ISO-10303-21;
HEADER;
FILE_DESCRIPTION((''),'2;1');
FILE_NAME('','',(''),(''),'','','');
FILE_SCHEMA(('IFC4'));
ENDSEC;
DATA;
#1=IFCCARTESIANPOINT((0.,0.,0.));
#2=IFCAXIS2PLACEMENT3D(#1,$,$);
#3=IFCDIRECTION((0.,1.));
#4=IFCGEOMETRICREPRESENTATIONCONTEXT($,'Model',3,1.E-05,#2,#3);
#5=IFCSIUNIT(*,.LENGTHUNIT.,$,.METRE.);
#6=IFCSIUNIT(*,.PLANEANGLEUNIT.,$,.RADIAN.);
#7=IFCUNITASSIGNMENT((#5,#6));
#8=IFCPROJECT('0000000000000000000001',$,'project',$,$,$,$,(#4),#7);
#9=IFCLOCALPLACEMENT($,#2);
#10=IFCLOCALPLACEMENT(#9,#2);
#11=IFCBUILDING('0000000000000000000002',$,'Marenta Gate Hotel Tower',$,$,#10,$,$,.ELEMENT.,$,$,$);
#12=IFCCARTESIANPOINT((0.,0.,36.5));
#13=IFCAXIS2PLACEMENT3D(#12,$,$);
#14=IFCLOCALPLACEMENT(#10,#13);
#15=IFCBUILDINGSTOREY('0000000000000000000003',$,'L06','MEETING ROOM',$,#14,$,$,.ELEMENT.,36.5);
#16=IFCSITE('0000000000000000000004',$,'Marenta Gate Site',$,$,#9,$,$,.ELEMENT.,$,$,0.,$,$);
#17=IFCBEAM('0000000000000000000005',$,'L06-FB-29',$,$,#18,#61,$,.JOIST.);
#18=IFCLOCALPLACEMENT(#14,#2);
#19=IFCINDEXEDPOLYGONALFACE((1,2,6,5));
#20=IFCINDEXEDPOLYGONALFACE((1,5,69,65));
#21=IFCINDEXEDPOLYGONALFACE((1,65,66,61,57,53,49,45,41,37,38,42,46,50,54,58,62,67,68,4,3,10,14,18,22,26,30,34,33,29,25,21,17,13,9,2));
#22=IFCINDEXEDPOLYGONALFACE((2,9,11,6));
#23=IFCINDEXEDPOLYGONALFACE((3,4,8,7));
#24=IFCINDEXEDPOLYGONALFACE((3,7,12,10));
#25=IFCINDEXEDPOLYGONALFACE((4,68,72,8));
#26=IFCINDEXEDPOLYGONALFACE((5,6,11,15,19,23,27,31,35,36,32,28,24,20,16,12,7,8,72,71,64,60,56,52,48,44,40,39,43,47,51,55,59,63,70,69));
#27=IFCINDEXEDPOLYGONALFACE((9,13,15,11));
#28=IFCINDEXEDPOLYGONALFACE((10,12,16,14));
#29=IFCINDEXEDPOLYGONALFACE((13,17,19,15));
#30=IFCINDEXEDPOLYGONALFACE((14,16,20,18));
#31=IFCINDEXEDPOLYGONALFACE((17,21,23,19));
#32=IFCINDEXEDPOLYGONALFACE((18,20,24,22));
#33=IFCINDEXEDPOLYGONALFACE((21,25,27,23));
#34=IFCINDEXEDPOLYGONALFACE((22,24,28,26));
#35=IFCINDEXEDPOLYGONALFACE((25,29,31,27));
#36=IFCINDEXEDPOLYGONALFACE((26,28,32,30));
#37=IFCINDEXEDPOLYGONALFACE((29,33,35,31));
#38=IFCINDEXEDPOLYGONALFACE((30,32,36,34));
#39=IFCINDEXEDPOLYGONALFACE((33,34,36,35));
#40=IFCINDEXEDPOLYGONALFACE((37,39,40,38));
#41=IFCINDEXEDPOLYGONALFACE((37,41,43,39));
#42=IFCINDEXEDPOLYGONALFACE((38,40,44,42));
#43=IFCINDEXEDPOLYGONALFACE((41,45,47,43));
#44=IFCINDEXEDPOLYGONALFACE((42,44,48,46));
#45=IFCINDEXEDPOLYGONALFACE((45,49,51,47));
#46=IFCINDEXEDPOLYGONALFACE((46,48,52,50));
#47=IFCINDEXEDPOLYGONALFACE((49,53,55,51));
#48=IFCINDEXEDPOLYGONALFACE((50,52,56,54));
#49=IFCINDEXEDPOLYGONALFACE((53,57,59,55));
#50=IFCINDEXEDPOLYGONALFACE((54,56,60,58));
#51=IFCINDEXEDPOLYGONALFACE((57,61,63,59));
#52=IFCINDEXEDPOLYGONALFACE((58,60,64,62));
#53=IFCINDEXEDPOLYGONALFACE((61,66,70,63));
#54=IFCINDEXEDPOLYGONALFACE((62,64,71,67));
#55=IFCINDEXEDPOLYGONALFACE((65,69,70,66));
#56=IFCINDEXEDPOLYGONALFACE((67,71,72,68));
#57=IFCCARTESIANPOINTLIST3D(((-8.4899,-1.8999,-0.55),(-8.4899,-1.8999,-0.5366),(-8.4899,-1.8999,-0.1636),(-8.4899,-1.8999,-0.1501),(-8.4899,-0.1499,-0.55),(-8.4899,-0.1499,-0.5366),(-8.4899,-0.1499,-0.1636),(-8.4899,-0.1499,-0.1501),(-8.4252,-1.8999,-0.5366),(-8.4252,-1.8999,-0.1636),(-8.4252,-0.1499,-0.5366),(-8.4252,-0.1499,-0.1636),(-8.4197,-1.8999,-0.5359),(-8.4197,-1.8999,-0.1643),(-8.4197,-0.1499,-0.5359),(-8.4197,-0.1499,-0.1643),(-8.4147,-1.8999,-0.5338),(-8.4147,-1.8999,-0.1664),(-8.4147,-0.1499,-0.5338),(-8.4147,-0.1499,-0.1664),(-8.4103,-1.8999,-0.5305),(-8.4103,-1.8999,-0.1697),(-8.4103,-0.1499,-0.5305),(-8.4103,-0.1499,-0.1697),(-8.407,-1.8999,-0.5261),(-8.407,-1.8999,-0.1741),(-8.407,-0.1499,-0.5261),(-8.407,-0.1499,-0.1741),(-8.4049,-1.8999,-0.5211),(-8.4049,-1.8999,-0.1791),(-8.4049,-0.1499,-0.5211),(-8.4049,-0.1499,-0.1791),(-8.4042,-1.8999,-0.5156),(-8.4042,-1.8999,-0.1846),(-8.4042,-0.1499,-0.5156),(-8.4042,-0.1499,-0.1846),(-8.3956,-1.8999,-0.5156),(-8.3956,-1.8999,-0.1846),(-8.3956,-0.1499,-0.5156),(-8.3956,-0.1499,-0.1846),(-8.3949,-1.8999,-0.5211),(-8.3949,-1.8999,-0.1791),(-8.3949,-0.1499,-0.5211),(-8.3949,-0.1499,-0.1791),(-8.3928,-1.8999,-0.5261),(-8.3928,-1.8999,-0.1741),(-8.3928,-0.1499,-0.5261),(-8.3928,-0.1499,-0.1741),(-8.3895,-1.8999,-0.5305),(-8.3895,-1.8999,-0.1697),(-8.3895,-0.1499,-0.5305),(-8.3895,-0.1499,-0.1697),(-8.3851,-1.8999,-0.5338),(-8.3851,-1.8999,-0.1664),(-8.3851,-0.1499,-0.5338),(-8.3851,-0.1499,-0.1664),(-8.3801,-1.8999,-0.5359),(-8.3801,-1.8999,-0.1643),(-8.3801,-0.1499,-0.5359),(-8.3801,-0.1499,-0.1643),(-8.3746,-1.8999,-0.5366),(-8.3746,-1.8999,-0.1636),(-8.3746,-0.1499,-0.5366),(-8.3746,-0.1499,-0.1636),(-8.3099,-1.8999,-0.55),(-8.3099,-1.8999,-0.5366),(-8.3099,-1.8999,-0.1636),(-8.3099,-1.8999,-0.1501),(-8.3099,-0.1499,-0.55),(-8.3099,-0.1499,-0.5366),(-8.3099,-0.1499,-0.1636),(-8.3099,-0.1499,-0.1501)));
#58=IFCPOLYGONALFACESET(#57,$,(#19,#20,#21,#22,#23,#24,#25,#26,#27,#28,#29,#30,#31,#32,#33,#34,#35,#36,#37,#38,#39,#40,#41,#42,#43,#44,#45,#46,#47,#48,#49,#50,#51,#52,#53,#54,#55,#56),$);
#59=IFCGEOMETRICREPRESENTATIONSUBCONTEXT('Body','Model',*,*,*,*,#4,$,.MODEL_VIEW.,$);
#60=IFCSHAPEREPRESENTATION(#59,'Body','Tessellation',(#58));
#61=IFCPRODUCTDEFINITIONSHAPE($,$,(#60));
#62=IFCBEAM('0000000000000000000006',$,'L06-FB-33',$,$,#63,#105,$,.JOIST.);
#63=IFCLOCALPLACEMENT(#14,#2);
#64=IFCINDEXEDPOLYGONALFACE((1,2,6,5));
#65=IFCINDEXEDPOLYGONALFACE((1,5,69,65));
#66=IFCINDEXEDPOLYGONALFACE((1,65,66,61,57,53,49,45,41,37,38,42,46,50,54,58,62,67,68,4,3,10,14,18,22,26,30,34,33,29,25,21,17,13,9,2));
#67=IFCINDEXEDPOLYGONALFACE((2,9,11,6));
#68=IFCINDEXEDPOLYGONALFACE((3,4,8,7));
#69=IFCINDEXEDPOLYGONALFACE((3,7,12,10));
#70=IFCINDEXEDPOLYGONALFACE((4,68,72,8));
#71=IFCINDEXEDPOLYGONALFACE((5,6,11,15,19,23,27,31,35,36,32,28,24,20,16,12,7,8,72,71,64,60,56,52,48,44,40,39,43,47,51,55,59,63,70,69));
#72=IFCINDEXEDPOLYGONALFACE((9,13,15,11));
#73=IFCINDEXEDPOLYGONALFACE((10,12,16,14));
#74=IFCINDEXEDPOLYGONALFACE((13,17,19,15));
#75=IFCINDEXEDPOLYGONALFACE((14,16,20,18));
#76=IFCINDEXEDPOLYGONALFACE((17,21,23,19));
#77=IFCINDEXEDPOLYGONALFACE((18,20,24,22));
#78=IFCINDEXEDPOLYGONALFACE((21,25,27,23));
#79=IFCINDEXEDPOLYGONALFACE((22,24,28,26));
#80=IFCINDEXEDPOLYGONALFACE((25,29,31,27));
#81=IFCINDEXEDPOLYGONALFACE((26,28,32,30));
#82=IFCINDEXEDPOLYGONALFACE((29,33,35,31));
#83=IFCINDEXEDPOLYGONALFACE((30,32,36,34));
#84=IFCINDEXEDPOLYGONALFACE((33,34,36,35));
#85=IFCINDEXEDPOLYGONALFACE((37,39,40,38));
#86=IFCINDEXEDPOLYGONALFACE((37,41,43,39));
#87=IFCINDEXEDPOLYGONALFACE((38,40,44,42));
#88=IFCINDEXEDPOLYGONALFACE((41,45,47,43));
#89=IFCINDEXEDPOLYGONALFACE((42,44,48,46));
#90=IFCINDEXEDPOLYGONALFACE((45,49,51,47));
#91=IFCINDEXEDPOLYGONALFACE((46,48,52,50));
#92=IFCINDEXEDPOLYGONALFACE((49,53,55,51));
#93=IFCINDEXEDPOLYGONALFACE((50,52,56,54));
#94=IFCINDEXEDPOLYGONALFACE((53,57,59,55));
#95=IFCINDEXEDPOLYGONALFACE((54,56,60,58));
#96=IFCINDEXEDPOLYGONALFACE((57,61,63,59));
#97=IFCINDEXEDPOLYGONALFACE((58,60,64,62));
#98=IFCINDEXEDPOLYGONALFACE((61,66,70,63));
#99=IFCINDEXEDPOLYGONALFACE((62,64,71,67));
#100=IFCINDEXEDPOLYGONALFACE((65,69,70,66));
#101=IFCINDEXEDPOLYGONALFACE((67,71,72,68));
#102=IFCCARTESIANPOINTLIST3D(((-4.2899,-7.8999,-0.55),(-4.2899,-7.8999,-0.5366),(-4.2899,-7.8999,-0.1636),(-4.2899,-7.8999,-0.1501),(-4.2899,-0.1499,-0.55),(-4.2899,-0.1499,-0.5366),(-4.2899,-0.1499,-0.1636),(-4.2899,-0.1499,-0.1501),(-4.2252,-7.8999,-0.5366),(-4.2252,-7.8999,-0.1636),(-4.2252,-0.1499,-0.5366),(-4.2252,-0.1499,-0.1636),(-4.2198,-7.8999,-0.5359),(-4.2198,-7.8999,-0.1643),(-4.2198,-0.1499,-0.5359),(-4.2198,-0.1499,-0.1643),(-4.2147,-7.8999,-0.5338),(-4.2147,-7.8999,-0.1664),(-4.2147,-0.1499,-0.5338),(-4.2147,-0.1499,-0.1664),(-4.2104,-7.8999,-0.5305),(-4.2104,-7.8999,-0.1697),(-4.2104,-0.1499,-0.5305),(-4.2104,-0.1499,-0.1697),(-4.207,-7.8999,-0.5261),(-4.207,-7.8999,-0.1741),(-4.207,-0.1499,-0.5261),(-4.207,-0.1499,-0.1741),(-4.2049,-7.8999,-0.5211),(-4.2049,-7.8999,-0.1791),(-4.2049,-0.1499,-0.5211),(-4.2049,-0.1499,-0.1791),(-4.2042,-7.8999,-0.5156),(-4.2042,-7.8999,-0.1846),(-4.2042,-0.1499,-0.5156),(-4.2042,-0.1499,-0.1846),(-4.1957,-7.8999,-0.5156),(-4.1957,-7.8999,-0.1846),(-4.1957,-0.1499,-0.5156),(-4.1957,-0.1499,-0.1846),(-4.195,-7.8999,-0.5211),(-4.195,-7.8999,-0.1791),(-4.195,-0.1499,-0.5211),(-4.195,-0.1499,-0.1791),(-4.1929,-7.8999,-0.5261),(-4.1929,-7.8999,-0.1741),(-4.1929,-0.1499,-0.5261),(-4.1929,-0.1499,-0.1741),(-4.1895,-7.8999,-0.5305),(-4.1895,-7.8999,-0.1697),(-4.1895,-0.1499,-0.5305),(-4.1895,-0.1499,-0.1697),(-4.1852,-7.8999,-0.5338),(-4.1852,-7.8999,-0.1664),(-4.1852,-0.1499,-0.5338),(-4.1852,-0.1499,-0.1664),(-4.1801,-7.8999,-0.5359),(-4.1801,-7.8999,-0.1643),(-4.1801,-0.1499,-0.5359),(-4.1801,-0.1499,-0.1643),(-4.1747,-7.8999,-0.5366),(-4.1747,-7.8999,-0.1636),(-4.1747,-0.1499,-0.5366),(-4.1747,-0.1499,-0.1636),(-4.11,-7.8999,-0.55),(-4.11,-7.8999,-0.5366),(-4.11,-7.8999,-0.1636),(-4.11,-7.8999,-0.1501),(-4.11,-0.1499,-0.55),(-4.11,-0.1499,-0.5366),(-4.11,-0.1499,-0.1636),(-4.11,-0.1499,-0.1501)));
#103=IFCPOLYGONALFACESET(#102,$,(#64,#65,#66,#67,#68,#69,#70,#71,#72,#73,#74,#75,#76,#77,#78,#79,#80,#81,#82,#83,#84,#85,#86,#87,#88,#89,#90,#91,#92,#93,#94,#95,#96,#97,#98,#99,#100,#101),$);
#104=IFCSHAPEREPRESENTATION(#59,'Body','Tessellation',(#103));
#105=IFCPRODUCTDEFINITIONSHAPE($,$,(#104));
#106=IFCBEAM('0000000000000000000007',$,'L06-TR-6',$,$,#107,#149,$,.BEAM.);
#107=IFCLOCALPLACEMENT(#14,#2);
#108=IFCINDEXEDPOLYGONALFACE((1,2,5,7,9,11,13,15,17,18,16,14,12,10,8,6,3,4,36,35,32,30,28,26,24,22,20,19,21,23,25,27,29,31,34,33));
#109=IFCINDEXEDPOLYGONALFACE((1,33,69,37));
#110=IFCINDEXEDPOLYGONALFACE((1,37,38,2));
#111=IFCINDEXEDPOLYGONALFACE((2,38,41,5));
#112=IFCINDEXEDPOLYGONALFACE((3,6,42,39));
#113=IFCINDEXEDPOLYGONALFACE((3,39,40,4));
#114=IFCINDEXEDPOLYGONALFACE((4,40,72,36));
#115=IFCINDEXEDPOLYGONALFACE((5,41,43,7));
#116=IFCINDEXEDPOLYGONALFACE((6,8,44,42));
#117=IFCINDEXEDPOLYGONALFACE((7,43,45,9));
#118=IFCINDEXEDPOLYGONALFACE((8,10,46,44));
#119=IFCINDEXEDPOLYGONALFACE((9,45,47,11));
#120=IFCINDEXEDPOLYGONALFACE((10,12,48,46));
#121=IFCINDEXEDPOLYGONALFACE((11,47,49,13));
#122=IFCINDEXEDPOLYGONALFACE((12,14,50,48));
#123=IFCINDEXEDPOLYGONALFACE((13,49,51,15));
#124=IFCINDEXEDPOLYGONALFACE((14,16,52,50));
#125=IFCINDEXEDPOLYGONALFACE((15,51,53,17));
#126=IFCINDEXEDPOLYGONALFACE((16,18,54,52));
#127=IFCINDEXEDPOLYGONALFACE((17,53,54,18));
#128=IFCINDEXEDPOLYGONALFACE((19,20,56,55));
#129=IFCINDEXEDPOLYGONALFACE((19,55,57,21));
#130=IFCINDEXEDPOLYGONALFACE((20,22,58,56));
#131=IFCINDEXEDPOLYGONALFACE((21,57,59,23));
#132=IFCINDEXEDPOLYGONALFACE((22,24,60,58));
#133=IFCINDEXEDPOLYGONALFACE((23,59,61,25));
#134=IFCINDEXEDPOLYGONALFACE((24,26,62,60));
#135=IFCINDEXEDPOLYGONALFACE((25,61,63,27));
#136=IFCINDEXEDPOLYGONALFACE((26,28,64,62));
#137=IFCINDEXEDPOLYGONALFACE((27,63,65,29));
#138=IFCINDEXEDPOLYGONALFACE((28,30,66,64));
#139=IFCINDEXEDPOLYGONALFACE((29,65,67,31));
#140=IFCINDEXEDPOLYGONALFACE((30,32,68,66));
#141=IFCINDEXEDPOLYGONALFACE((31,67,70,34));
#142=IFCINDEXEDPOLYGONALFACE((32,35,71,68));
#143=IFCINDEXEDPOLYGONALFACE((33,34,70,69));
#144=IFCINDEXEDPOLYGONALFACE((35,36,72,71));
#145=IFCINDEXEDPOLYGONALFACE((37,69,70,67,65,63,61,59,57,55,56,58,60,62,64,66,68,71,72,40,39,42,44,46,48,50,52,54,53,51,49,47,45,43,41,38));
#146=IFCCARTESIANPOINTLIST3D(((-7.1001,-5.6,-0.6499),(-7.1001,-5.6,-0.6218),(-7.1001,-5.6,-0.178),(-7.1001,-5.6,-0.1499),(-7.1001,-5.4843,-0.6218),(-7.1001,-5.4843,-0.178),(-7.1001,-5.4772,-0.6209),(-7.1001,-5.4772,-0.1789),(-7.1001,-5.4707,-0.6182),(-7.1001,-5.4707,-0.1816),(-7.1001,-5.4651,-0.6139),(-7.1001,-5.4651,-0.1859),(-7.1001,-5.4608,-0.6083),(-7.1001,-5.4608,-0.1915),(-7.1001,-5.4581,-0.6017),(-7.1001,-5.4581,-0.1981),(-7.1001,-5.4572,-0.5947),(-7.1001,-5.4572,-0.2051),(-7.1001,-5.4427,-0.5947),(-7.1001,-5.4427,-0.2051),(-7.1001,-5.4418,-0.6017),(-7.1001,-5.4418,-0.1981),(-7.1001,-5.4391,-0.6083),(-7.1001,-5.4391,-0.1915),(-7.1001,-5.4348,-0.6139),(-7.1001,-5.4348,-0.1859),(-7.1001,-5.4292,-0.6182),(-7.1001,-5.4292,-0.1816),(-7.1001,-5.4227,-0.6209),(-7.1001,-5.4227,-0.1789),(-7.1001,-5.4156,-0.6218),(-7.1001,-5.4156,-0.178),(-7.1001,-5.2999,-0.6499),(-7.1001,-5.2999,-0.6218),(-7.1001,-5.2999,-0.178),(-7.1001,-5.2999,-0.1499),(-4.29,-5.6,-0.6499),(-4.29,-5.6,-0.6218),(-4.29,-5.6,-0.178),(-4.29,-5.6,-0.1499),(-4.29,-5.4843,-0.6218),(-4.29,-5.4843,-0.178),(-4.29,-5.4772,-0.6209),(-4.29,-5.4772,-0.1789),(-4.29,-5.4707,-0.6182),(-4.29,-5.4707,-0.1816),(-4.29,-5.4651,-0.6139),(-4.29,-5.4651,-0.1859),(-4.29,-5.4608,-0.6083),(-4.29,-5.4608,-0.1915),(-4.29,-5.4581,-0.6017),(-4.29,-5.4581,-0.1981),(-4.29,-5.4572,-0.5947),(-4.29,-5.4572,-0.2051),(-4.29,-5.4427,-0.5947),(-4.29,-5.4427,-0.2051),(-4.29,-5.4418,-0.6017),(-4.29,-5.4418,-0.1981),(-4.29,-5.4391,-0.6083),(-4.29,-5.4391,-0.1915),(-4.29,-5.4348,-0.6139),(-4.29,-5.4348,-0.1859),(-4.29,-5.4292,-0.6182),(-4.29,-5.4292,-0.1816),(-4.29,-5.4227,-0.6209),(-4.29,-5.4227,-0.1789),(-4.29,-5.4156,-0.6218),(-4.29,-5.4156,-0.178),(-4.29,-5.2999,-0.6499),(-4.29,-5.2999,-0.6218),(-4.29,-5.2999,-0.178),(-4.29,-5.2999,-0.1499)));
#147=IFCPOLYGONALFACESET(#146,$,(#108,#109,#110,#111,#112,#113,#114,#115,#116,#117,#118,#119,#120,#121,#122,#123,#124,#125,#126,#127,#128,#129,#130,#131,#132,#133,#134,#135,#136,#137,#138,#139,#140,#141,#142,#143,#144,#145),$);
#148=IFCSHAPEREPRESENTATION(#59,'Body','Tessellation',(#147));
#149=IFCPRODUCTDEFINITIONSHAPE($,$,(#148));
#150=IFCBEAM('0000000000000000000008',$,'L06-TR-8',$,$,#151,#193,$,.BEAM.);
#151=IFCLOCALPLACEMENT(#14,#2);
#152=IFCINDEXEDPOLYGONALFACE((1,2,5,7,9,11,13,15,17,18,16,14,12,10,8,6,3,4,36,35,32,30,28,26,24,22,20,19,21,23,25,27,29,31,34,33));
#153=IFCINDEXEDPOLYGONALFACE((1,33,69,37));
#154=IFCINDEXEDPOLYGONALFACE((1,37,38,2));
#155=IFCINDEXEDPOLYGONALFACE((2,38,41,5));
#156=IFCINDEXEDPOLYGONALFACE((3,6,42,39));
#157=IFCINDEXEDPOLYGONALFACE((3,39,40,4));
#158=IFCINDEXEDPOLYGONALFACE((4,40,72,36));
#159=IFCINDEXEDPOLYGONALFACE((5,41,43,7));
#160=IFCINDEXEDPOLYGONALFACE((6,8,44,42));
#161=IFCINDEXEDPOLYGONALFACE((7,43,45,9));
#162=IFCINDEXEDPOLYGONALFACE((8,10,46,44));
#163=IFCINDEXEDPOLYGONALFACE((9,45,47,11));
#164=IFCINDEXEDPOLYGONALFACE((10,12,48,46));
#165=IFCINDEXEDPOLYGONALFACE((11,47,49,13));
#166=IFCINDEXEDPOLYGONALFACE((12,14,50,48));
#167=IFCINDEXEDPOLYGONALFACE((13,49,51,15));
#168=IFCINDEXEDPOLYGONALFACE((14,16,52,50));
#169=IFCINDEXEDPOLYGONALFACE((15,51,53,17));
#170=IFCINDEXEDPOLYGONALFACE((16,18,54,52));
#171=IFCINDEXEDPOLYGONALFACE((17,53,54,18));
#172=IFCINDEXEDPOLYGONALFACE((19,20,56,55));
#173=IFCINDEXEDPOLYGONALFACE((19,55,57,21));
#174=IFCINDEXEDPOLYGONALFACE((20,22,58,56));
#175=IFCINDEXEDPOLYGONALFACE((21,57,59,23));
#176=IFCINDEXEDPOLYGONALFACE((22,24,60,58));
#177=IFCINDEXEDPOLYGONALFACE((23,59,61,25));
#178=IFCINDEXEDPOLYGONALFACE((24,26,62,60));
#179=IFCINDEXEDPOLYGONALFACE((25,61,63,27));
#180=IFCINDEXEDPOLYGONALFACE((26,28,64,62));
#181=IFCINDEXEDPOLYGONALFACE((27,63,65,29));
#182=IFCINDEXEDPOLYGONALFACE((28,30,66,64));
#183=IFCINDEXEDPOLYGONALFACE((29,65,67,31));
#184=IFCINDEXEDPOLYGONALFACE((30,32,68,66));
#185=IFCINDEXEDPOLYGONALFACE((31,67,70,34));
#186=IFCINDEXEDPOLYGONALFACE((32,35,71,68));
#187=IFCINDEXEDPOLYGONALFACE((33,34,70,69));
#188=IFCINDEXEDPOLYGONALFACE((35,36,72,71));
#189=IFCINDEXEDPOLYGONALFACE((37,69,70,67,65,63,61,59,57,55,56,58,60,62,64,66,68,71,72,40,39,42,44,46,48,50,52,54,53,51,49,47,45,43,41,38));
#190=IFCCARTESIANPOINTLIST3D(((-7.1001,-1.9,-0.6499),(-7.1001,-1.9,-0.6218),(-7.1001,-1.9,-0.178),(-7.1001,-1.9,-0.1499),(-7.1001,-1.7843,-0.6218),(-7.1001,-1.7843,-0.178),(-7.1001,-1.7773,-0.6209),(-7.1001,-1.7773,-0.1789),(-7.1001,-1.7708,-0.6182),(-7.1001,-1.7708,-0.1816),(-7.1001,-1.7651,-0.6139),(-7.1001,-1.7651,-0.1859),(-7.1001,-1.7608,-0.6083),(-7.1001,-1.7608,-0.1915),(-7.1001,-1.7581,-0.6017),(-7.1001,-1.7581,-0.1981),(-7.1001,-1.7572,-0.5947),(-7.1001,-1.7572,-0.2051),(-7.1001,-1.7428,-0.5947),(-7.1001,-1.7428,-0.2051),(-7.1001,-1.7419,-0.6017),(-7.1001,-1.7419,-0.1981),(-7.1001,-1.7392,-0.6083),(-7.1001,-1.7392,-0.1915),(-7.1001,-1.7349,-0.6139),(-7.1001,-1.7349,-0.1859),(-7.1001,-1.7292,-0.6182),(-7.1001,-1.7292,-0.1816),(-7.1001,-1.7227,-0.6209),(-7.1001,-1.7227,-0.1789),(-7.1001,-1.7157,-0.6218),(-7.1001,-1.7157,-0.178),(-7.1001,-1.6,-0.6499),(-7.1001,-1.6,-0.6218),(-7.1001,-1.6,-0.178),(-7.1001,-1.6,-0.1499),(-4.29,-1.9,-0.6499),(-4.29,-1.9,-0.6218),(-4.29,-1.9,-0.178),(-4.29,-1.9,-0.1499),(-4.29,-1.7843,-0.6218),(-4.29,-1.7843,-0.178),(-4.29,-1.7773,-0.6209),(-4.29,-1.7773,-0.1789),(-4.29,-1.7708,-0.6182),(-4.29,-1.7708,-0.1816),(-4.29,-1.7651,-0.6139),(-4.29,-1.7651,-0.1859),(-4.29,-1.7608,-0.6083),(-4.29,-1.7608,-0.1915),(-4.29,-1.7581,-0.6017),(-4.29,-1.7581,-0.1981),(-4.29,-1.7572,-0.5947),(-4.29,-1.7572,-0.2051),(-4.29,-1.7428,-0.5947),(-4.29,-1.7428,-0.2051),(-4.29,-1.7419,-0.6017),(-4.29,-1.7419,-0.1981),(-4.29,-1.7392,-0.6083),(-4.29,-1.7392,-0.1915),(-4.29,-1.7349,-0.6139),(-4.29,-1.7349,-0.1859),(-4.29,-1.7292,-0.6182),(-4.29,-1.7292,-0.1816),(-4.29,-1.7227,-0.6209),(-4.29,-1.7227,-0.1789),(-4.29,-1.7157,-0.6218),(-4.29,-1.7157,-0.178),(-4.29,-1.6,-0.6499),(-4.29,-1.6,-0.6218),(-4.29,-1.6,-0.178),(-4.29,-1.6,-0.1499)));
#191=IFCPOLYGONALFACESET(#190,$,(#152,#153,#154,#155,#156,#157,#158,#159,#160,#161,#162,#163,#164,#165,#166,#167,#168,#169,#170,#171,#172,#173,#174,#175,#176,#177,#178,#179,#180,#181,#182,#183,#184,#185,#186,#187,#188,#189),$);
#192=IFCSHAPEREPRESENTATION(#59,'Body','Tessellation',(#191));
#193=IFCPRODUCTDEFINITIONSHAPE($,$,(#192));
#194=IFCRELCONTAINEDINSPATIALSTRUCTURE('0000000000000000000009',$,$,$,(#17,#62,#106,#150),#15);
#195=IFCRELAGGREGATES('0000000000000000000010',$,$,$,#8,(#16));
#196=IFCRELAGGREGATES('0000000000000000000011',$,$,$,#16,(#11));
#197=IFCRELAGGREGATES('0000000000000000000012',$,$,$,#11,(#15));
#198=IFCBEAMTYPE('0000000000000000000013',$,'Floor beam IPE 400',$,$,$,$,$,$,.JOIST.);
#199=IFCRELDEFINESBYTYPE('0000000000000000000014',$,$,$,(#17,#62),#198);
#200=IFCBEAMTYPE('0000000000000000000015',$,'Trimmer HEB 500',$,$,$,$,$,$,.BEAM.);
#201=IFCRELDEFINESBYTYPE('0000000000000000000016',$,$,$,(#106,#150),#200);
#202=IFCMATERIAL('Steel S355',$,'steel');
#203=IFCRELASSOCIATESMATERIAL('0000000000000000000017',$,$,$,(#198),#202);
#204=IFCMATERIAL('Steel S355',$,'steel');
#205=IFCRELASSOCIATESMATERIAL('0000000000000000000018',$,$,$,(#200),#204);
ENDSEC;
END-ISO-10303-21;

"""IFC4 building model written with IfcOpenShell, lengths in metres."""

from ifc_helpers import new_model, si_unit, direction, frame, origin, origin_2d, place, context, subcontext, project, spatial, i_section, extrude, material, material_profile, profile_set, type_object, element, save


model = new_model("IFC4")

# Units and contexts
model_context = context("Model", 3, precision=1e-05, world=origin(), true_north=direction((0.0, 1.0)))
body_context = subcontext(model_context, "Body", "Model", "MODEL_VIEW")
ifc_project = project(units=[si_unit("LENGTHUNIT", "METRE"), si_unit("PLANEANGLEUNIT", "RADIAN")], contexts=[model_context])

# Site, building, storey
site_placement = place(None, origin())
site = spatial("IfcSite", under=ifc_project, at=site_placement, Name="Marenta Gate Site", CompositionType="ELEMENT", RefElevation=0.0)
building_placement = place(site_placement, origin())
building = spatial("IfcBuilding", under=site, at=building_placement, Name="Marenta Gate Hotel Tower", CompositionType="ELEMENT")
storey_placement = place(building_placement, frame((0.0, 0.0, 36.5)))
storey = spatial("IfcBuildingStorey", under=building, at=storey_placement, Name="L06", Description="MEETING ROOM", CompositionType="ELEMENT", Elevation=36.5)

# Beams
ifc_material_1 = material(Name="Steel S355", Category="steel")
ifc_material_profile_1 = material_profile(ifc_material_1, i_section(OverallWidth=0.1799, OverallDepth=0.3999, WebThickness=0.0085, FlangeThickness=0.0134, FilletRadius=0.021, at=origin_2d()), Name="IPE 400")
ifc_profile_set_1 = profile_set([ifc_material_profile_1], Name="Steel S355")
beam_type_1 = type_object("IfcBeamType", Name="Floor beam IPE 400", PredefinedType="JOIST", material=ifc_profile_set_1)
beam_1_placement = place(storey_placement, frame((-8.3999, -1.8999, -0.3501), z_axis=(0.0, 1.0, 0.0), x_axis=(-1.0, 0.0, 0.0)))
element("IfcBeam", 1, at=beam_1_placement, inside=storey, type_object=beam_type_1, Name="L06-FB-29", PredefinedType="JOIST", context=body_context, shape_type="SweptSolid", body=[
    extrude(i_section(OverallWidth=0.1799, OverallDepth=0.3999, WebThickness=0.0085, FlangeThickness=0.0134, FilletRadius=0.021, at=origin_2d()), origin(), (0.0, 0.0, 1.0), 1.75),
])
beam_2_placement = place(storey_placement, frame((-4.2, -7.8999, -0.3501), z_axis=(0.0, 1.0, 0.0), x_axis=(-1.0, 0.0, 0.0)))
element("IfcBeam", 2, at=beam_2_placement, inside=storey, type_object=beam_type_1, Name="L06-FB-33", PredefinedType="JOIST", context=body_context, shape_type="SweptSolid", body=[
    extrude(i_section(OverallWidth=0.1799, OverallDepth=0.3999, WebThickness=0.0085, FlangeThickness=0.0134, FilletRadius=0.021, at=origin_2d()), origin(), (0.0, 0.0, 1.0), 7.75),
])
ifc_material_2 = material(Name="Steel S355", Category="steel")
ifc_material_profile_2 = material_profile(ifc_material_2, i_section(OverallWidth=0.3, OverallDepth=0.5, WebThickness=0.0144, FlangeThickness=0.0281, FilletRadius=0.0271, at=origin_2d()), Name="HEB 500")
ifc_profile_set_2 = profile_set([ifc_material_profile_2], Name="Steel S355")
beam_type_2 = type_object("IfcBeamType", Name="Trimmer HEB 500", PredefinedType="BEAM", material=ifc_profile_set_2)
for number, where, z_axis, x_axis, name in (
    (3, (-7.1001, -5.45, -0.3999), (1.0, 0.0, 0.0), (0.0, 1.0, 0.0), "L06-TR-6"),
    (4, (-7.1001, -1.75, -0.3999), (1.0, 0.0, 0.0), (0.0, 1.0, 0.0), "L06-TR-8"),
):
    element("IfcBeam", number, at=place(storey_placement, frame(where, z_axis=z_axis, x_axis=x_axis)), inside=storey, type_object=beam_type_2, Name=name, PredefinedType="BEAM", context=body_context, shape_type="SweptSolid", body=[
        extrude(i_section(OverallWidth=0.3, OverallDepth=0.5, WebThickness=0.0144, FlangeThickness=0.0281, FilletRadius=0.0271, at=origin_2d()), origin(), (0.0, 0.0, 1.0), 2.8101),
    ])

save(model, "model.ifc")
